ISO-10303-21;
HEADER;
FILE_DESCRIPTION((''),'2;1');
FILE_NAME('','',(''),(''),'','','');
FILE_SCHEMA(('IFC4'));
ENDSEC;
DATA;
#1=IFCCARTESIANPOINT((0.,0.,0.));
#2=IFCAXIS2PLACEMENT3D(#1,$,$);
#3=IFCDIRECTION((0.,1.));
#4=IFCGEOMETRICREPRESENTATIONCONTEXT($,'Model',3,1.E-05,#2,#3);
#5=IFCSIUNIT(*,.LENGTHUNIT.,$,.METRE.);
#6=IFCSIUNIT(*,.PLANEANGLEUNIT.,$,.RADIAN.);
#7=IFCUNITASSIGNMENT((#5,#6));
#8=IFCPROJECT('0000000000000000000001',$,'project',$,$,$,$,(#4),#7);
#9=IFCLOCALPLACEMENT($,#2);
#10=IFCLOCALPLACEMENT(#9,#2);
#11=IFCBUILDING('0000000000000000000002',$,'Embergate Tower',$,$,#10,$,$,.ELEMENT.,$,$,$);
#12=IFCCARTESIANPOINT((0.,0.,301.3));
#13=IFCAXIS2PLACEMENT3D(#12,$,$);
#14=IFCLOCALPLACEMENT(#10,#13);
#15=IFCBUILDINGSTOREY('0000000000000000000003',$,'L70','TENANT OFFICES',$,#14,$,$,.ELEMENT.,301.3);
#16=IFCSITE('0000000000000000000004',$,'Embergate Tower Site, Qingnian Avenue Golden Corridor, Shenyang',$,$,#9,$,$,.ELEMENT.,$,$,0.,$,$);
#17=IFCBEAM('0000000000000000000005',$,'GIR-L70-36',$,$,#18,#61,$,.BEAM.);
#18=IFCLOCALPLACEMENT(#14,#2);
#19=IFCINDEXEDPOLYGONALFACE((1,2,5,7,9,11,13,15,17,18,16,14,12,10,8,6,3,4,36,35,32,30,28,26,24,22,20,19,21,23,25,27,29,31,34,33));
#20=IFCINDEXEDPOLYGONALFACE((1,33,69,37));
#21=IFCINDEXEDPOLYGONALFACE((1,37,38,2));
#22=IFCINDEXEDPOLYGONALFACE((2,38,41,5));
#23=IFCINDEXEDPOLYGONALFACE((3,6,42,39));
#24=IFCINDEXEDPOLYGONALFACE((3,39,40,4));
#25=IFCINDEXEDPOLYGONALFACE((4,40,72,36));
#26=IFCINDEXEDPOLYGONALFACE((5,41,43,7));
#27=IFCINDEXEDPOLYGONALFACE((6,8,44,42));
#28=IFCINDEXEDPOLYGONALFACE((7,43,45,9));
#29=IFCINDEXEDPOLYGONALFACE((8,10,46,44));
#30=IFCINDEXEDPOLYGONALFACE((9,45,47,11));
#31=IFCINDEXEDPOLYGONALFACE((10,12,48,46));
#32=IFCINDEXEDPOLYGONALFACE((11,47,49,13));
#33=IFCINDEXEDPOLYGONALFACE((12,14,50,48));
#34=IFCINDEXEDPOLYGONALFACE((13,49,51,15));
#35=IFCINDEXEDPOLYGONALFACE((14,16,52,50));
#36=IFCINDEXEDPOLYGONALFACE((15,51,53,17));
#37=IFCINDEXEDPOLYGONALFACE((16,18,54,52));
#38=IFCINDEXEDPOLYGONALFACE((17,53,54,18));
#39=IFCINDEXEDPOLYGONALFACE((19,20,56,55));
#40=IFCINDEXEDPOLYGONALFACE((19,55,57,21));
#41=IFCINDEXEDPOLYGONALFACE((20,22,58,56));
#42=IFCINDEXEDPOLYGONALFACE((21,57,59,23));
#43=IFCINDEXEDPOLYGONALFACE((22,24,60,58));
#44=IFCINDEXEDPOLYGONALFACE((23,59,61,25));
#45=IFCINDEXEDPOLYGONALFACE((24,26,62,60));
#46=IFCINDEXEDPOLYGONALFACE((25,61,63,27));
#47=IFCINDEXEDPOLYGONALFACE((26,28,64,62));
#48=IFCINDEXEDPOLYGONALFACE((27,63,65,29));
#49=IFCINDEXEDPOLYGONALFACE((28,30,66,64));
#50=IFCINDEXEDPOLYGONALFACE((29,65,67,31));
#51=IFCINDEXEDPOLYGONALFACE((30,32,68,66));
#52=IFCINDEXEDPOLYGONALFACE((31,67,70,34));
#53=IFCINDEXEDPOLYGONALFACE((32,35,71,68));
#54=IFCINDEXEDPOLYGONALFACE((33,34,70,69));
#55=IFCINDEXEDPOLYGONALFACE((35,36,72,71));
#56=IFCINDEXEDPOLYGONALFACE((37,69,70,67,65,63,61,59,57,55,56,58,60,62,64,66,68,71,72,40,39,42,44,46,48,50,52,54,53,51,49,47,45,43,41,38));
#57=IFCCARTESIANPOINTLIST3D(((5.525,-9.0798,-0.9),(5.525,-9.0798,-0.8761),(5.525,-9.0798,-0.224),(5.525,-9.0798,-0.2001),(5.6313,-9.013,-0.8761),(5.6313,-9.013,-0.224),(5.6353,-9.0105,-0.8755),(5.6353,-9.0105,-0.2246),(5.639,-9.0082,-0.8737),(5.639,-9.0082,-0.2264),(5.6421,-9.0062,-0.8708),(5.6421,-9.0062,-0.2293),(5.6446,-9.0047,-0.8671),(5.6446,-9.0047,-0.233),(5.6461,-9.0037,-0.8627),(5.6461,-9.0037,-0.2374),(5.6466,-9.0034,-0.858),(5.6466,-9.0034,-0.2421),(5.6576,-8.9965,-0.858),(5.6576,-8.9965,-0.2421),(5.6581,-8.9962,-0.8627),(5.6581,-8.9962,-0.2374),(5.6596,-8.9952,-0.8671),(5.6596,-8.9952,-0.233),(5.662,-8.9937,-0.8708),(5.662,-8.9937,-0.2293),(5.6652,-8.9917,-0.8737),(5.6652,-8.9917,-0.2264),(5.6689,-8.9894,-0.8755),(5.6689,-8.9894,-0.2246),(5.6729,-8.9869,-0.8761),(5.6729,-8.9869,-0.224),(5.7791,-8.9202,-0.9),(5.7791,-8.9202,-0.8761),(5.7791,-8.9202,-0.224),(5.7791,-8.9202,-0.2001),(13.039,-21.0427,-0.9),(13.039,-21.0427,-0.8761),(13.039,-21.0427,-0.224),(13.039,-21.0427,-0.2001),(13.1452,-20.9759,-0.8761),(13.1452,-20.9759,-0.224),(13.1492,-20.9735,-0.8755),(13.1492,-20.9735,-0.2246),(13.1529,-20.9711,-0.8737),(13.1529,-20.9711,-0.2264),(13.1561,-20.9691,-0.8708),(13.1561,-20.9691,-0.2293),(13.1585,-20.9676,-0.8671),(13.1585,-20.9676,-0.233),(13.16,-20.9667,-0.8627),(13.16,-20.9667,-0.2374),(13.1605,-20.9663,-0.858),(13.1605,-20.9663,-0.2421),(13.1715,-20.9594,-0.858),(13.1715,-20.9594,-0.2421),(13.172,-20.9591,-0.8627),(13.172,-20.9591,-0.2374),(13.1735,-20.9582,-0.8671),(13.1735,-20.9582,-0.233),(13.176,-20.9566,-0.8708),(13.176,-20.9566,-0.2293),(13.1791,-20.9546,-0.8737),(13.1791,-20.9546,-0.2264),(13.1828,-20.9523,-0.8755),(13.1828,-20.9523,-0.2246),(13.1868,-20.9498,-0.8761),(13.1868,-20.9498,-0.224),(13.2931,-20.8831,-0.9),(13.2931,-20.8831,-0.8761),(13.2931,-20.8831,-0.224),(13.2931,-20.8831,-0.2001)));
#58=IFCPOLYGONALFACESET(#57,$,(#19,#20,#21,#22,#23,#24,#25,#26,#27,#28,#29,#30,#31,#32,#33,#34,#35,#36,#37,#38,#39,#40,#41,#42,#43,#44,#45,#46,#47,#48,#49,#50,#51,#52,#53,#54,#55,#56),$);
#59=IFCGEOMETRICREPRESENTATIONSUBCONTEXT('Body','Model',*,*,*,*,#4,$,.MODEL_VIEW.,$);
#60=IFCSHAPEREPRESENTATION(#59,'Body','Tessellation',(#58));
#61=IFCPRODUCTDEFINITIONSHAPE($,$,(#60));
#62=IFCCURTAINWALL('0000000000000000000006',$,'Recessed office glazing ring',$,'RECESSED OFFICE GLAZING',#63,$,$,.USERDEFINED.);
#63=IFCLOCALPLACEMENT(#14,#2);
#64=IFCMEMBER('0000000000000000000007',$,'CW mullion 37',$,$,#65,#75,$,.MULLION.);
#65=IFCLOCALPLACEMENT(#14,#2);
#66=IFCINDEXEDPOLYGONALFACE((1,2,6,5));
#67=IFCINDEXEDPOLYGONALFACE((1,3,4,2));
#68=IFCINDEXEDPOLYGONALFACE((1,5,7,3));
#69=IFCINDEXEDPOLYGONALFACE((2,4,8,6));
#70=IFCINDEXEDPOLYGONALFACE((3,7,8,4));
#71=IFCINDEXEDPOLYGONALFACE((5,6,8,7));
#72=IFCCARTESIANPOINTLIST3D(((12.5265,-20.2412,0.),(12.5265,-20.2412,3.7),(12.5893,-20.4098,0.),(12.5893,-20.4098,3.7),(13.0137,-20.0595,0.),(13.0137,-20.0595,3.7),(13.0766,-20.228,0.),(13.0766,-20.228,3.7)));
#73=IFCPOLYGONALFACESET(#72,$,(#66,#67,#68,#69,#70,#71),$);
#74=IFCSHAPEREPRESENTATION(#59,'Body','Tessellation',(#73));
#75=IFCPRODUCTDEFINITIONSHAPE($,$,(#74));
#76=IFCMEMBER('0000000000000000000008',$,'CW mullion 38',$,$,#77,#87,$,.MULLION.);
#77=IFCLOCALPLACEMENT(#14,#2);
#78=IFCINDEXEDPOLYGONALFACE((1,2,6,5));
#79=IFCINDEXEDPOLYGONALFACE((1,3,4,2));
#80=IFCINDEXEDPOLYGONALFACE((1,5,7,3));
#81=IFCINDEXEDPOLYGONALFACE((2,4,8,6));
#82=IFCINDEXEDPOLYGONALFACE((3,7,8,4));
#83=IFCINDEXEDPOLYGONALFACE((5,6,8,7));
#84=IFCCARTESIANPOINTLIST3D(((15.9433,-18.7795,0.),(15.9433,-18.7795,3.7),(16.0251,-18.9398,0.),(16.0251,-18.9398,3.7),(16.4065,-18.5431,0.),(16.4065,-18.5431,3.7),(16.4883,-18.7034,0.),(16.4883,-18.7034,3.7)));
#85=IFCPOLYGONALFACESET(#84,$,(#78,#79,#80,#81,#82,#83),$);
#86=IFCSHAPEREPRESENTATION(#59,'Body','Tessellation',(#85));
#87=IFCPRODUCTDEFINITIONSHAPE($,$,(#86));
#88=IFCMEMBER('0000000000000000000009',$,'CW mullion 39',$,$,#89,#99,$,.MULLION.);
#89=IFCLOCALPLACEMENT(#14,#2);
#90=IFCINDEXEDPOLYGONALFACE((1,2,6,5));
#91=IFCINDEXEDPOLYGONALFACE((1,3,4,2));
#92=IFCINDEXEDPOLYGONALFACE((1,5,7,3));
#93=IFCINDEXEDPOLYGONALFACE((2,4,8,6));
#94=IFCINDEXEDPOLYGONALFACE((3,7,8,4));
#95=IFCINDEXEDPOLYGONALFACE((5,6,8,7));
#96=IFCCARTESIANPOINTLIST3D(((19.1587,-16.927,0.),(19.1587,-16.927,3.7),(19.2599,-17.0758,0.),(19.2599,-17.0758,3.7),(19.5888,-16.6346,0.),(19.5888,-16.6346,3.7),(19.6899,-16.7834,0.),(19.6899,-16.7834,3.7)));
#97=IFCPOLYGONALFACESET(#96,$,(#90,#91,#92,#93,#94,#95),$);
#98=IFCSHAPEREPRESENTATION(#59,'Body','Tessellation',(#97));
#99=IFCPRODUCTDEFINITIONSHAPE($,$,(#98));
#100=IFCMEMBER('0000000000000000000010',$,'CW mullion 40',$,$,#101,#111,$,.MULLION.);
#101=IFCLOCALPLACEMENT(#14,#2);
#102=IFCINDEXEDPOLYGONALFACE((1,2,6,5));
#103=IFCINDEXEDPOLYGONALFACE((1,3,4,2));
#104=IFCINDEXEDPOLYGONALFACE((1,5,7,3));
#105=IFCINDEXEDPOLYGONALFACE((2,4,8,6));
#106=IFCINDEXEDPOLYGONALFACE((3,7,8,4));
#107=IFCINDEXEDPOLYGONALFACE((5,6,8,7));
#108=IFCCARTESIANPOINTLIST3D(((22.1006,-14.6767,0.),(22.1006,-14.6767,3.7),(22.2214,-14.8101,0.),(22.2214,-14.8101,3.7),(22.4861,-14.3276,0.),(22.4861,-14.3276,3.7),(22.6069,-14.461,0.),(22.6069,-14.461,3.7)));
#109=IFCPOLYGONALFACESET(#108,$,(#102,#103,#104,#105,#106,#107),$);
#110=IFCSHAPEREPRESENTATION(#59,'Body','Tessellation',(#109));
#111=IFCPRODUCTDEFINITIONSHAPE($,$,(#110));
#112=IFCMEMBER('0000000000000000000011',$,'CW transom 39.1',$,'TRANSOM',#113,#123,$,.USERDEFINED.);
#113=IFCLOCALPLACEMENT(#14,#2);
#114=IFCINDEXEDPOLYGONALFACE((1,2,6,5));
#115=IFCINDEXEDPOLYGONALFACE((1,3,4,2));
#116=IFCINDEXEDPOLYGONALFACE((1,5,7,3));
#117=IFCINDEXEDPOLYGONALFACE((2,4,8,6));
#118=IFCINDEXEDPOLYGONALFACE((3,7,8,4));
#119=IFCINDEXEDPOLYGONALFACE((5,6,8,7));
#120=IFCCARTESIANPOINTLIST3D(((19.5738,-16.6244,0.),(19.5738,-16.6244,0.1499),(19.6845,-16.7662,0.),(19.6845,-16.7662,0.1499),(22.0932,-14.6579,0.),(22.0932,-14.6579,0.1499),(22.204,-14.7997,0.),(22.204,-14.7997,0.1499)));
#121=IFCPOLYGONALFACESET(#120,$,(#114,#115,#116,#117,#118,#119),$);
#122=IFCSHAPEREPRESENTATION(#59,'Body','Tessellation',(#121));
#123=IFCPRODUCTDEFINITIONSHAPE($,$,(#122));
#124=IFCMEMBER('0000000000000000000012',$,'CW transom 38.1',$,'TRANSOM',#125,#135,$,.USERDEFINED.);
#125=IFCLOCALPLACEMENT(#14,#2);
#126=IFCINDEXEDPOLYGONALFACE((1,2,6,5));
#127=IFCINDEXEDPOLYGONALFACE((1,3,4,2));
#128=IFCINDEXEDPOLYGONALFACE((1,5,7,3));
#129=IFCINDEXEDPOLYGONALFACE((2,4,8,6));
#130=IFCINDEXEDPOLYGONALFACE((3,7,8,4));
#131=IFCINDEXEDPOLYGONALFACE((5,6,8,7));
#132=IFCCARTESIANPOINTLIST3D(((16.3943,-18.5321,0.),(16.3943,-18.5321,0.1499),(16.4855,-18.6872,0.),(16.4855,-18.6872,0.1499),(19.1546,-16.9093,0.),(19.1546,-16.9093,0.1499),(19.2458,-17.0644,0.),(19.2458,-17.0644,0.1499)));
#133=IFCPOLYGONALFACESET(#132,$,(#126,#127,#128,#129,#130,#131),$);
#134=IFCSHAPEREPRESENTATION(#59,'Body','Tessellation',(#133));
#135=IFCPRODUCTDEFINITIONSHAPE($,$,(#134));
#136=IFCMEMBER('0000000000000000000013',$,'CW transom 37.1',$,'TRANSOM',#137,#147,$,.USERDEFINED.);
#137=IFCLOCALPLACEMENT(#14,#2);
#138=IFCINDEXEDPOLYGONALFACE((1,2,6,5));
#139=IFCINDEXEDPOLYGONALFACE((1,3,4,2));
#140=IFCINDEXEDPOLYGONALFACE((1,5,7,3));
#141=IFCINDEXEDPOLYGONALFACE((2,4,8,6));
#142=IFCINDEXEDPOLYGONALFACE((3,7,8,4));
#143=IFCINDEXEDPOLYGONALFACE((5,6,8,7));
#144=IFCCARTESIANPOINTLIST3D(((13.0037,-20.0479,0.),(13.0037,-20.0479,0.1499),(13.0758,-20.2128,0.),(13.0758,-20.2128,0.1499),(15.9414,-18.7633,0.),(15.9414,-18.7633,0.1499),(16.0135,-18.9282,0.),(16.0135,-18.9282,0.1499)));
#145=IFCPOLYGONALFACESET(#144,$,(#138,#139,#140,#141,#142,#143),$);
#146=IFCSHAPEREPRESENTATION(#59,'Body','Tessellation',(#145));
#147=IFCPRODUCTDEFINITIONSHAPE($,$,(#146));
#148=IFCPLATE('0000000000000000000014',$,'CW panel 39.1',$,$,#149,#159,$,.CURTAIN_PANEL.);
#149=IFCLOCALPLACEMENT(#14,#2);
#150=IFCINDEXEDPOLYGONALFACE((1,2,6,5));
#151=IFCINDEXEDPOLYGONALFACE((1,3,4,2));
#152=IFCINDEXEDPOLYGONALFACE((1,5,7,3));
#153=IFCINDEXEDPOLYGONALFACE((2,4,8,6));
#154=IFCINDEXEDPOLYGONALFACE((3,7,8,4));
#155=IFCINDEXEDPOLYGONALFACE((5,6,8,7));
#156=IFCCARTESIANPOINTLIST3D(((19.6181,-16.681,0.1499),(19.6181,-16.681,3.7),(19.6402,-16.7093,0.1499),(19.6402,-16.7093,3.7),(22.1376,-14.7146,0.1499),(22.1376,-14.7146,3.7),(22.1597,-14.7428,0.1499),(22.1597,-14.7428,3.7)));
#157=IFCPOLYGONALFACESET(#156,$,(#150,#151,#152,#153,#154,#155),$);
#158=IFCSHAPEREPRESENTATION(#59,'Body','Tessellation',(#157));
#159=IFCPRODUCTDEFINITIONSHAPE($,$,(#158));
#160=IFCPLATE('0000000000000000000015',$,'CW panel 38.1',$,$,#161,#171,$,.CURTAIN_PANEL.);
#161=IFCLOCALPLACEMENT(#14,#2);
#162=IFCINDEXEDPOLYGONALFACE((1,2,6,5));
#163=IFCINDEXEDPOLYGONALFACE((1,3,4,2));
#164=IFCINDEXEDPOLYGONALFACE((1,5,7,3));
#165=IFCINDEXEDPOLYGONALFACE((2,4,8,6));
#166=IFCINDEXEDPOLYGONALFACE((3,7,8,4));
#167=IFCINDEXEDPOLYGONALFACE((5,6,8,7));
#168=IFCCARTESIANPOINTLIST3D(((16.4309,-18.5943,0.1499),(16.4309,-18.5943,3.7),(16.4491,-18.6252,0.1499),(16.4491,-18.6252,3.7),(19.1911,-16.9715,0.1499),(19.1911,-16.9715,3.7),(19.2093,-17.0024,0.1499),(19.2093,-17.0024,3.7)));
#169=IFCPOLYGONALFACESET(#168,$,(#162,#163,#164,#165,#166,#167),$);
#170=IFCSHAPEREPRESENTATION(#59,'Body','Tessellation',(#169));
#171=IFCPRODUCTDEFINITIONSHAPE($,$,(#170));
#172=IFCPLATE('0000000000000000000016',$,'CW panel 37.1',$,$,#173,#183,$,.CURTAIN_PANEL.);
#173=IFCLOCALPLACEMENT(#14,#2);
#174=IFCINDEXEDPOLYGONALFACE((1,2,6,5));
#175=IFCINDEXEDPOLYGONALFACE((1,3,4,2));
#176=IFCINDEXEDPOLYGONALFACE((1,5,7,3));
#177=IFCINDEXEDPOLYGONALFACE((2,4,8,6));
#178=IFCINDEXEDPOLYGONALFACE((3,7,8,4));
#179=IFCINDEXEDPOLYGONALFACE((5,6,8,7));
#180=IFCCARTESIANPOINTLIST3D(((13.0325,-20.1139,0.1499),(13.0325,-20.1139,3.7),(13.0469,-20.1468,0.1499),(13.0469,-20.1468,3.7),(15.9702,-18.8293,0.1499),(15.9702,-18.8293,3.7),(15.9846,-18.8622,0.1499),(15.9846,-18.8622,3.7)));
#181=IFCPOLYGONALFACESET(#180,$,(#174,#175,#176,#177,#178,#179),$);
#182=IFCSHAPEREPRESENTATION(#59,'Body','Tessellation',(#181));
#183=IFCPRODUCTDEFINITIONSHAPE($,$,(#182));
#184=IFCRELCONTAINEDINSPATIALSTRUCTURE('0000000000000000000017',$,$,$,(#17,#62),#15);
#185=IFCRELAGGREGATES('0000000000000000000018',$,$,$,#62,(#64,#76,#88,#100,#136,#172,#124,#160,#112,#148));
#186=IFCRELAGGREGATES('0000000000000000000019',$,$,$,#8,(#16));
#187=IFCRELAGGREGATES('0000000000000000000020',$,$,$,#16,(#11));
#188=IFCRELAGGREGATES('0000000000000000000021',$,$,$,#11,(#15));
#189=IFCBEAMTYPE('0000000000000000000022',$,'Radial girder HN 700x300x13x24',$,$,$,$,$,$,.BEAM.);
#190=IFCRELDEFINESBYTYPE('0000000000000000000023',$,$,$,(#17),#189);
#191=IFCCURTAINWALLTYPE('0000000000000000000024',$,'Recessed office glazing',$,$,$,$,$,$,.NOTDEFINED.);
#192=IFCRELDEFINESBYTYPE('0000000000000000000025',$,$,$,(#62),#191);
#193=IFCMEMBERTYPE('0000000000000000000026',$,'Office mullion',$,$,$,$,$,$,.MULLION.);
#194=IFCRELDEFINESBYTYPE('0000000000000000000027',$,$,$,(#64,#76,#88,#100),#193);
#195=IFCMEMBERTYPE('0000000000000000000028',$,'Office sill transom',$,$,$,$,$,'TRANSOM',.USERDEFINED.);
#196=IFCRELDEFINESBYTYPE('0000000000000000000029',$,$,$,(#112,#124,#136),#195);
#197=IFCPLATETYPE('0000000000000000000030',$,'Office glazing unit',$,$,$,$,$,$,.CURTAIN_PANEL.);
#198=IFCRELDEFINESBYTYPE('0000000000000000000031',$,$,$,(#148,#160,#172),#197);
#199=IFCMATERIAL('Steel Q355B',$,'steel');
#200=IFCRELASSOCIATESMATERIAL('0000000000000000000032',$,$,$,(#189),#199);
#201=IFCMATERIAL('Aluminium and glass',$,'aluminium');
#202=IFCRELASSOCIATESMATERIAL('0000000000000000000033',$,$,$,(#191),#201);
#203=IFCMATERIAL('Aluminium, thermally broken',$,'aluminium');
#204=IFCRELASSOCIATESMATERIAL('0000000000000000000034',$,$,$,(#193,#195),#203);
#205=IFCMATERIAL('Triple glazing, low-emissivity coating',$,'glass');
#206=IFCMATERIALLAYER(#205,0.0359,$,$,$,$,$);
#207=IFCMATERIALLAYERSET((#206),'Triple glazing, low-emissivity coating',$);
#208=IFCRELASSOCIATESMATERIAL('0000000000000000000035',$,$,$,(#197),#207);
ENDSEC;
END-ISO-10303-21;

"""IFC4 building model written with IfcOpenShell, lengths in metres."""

from ifc_helpers import new_model, si_unit, direction, frame, origin, origin_2d, place, context, subcontext, project, spatial, rectangle, i_section, extrude, source, transform, mapped, material, layer, layer_set, material_profile, profile_set, type_object, element, aggregate, save


model = new_model("IFC4")

# Units and contexts
model_context = context("Model", 3, precision=1e-05, world=origin(), true_north=direction((0.0, 1.0)))
body_context = subcontext(model_context, "Body", "Model", "MODEL_VIEW")
ifc_project = project(units=[si_unit("LENGTHUNIT", "METRE"), si_unit("PLANEANGLEUNIT", "RADIAN")], contexts=[model_context])

# Site, building, storey
site_placement = place(None, origin())
site = spatial("IfcSite", under=ifc_project, at=site_placement, Name="Embergate Tower Site, Qingnian Avenue Golden Corridor, Shenyang", CompositionType="ELEMENT", RefElevation=0.0)
building_placement = place(site_placement, origin())
building = spatial("IfcBuilding", under=site, at=building_placement, Name="Embergate Tower", CompositionType="ELEMENT")
storey_placement = place(building_placement, frame((0.0, 0.0, 301.3)))
storey = spatial("IfcBuildingStorey", under=building, at=storey_placement, Name="L70", Description="TENANT OFFICES", CompositionType="ELEMENT", Elevation=301.3)

# Beam
ifc_material_1 = material(Name="Steel Q355B", Category="steel")
ifc_material_profile_1 = material_profile(ifc_material_1, i_section(OverallWidth=0.3, OverallDepth=0.7, WebThickness=0.0129, FlangeThickness=0.0239, FilletRadius=0.0181, at=origin_2d()), Name="HN 700x300x13x24")
ifc_profile_set_1 = profile_set([ifc_material_profile_1], Name="Steel Q355 grade B")
beam_type_1 = type_object("IfcBeamType", Name="Radial girder HN 700x300x13x24", PredefinedType="BEAM", material=ifc_profile_set_1)
shared_shape_1 = source(origin(), body_context, "Body", "SweptSolid", [
    extrude(i_section(OverallWidth=0.3, OverallDepth=0.7, WebThickness=0.0129, FlangeThickness=0.0239, FilletRadius=0.0181, at=origin_2d()), origin(), (0.0, 0.0, 1.0), 14.127),
])
beam_1_placement = place(storey_placement, frame((13.166, -20.9629, -0.55), z_axis=(-0.531887, 0.846816, 0.0), x_axis=(-0.846816, -0.531887, 0.0)))
element("IfcBeam", 1, at=beam_1_placement, inside=storey, type_object=beam_type_1, Name="GIR-L70-36", PredefinedType="BEAM", context=body_context, shape_type="MappedRepresentation", body=[
    mapped(shared_shape_1, transform((0.0, 0.0, 0.0))),
])

# Curtain wall, members, plates
ifc_material_2 = material(Name="Aluminium and glass", Category="aluminium")
curtain_wall_type = type_object("IfcCurtainWallType", Name="Recessed office glazing", PredefinedType="NOTDEFINED", material=ifc_material_2)
curtain_wall_placement = place(storey_placement, origin())
curtain_wall = element("IfcCurtainWall", 2, at=curtain_wall_placement, inside=storey, type_object=curtain_wall_type, Name="Recessed office glazing ring", ObjectType="RECESSED OFFICE GLAZING", PredefinedType="USERDEFINED")
ifc_material_3 = material(Name="Aluminium, thermally broken", Category="aluminium")
ifc_material_profile_2 = material_profile(ifc_material_3, rectangle(XDim=0.1799, YDim=0.52, at=origin_2d()), Name="AL 520x180")
ifc_profile_set_2 = profile_set([ifc_material_profile_2], Name="Aluminium, thermally broken")
member_type_1 = type_object("IfcMemberType", Name="Office mullion", PredefinedType="MULLION", material=ifc_profile_set_2)
shared_shape_2 = source(origin(), body_context, "Body", "SweptSolid", [
    extrude(rectangle(XDim=0.1799, YDim=0.52, at=origin_2d()), origin(), (0.0, 0.0, 1.0), 3.7),
])
member_1_placement = place(storey_placement, frame((12.8015, -20.2346, 0.0), z_axis=(0.0, 0.0, 1.0), x_axis=(-0.349501, 0.936936, 0.0)))
member_1 = element("IfcMember", 3, at=member_1_placement, type_object=member_type_1, Name="CW mullion 37", PredefinedType="MULLION", context=body_context, shape_type="MappedRepresentation", body=[
    mapped(shared_shape_2, transform((0.0, 0.0, 0.0))),
])
member_2_placement = place(storey_placement, frame((16.2158, -18.7415, 0.0), z_axis=(0.0, 0.0, 1.0), x_axis=(-0.454508, 0.890743, 0.0)))
member_2 = element("IfcMember", 4, at=member_2_placement, type_object=member_type_1, Name="CW mullion 38", PredefinedType="MULLION", context=body_context, shape_type="MappedRepresentation", body=[
    mapped(shared_shape_2, transform((0.0, 0.0, 0.0))),
])
member_3_placement = place(storey_placement, frame((19.4243, -16.8552, 0.0), z_axis=(0.0, 0.0, 1.0), x_axis=(-0.562213, 0.826992, 0.0)))
member_3 = element("IfcMember", 5, at=member_3_placement, type_object=member_type_1, Name="CW mullion 39", PredefinedType="MULLION", context=body_context, shape_type="MappedRepresentation", body=[
    mapped(shared_shape_2, transform((0.0, 0.0, 0.0))),
])
member_4_placement = place(storey_placement, frame((22.3538, -14.5688, 0.0), z_axis=(0.0, 0.0, 1.0), x_axis=(-0.67122, 0.741258, 0.0)))
member_4 = element("IfcMember", 6, at=member_4_placement, type_object=member_type_1, Name="CW mullion 40", PredefinedType="MULLION", context=body_context, shape_type="MappedRepresentation", body=[
    mapped(shared_shape_2, transform((0.0, 0.0, 0.0))),
])
ifc_material_profile_3 = material_profile(ifc_material_3, rectangle(XDim=0.1799, YDim=0.1499, at=origin_2d()), Name="AL 150x180")
ifc_profile_set_3 = profile_set([ifc_material_profile_3], Name="Aluminium, thermally broken")
member_type_2 = type_object("IfcMemberType", Name="Office sill transom", ElementType="TRANSOM", PredefinedType="USERDEFINED", material=ifc_profile_set_3)
shared_shape_3 = source(origin(), body_context, "Body", "SweptSolid", [
    extrude(rectangle(XDim=0.1799, YDim=0.1499, at=origin_2d()), origin(), (0.0, 0.0, 1.0), 3.196),
])
member_5_placement = place(storey_placement, frame((19.6292, -16.6953, 0.075), z_axis=(0.788302, 0.615288, 0.0), x_axis=(-0.615288, 0.788302, 0.0)))
member_5 = element("IfcMember", 7, at=member_5_placement, type_object=member_type_2, Name="CW transom 39.1", ObjectType="TRANSOM", PredefinedType="USERDEFINED", context=body_context, shape_type="MappedRepresentation", body=[
    mapped(shared_shape_3, transform((0.0, 0.0, 0.0))),
])
shared_shape_4 = source(origin(), body_context, "Body", "SweptSolid", [
    extrude(rectangle(XDim=0.1799, YDim=0.1499, at=origin_2d()), origin(), (0.0, 0.0, 1.0), 3.2019),
])
member_6_placement = place(storey_placement, frame((16.4399, -18.6096, 0.075), z_axis=(0.862054, 0.506817, 0.0), x_axis=(-0.506817, 0.862054, 0.0)))
member_6 = element("IfcMember", 8, at=member_6_placement, type_object=member_type_2, Name="CW transom 38.1", ObjectType="TRANSOM", PredefinedType="USERDEFINED", context=body_context, shape_type="MappedRepresentation", body=[
    mapped(shared_shape_4, transform((0.0, 0.0, 0.0))),
])
shared_shape_5 = source(origin(), body_context, "Body", "SweptSolid", [
    extrude(rectangle(XDim=0.1799, YDim=0.1499, at=origin_2d()), origin(), (0.0, 0.0, 1.0), 3.2063),
])
member_7_placement = place(storey_placement, frame((13.0398, -20.1304, 0.075), z_axis=(0.916225, 0.400663, 0.0), x_axis=(-0.400663, 0.916225, 0.0)))
member_7 = element("IfcMember", 9, at=member_7_placement, type_object=member_type_2, Name="CW transom 37.1", ObjectType="TRANSOM", PredefinedType="USERDEFINED", context=body_context, shape_type="MappedRepresentation", body=[
    mapped(shared_shape_5, transform((0.0, 0.0, 0.0))),
])
ifc_material_4 = material(Name="Triple glazing, low-emissivity coating", Category="glass")
ifc_layer_1 = layer(ifc_material_4, 0.0359)
ifc_layer_set_1 = layer_set([ifc_layer_1], Name="Triple glazing, low-emissivity coating")
plate_type = type_object("IfcPlateType", Name="Office glazing unit", PredefinedType="CURTAIN_PANEL", material=ifc_layer_set_1)
shared_shape_6 = source(origin(), body_context, "Body", "SweptSolid", [
    extrude(rectangle(XDim=3.196, YDim=0.0359, at=origin_2d()), origin(), (0.0, 0.0, 1.0), 3.55),
])
plate_1_placement = place(storey_placement, frame((20.8889, -15.7119, 0.1499), z_axis=(0.0, 0.0, 1.0), x_axis=(0.788318, 0.615268, 0.0)))
plate_1 = element("IfcPlate", 10, at=plate_1_placement, type_object=plate_type, Name="CW panel 39.1", PredefinedType="CURTAIN_PANEL", context=body_context, shape_type="MappedRepresentation", body=[
    mapped(shared_shape_6, transform((0.0, 0.0, 0.0))),
])
shared_shape_7 = source(origin(), body_context, "Body", "SweptSolid", [
    extrude(rectangle(XDim=3.2019, YDim=0.0359, at=origin_2d()), origin(), (0.0, 0.0, 1.0), 3.55),
])
plate_2_placement = place(storey_placement, frame((17.8201, -17.7983, 0.1499), z_axis=(0.0, 0.0, 1.0), x_axis=(0.862051, 0.506822, 0.0)))
plate_2 = element("IfcPlate", 11, at=plate_2_placement, type_object=plate_type, Name="CW panel 38.1", PredefinedType="CURTAIN_PANEL", context=body_context, shape_type="MappedRepresentation", body=[
    mapped(shared_shape_7, transform((0.0, 0.0, 0.0))),
])
shared_shape_8 = source(origin(), body_context, "Body", "SweptSolid", [
    extrude(rectangle(XDim=3.2063, YDim=0.0359, at=origin_2d()), origin(), (0.0, 0.0, 1.0), 3.55),
])
plate_3_placement = place(storey_placement, frame((14.5085, -19.488, 0.1499), z_axis=(0.0, 0.0, 1.0), x_axis=(0.916234, 0.400643, 0.0)))
plate_3 = element("IfcPlate", 12, at=plate_3_placement, type_object=plate_type, Name="CW panel 37.1", PredefinedType="CURTAIN_PANEL", context=body_context, shape_type="MappedRepresentation", body=[
    mapped(shared_shape_8, transform((0.0, 0.0, 0.0))),
])
aggregate(curtain_wall, [member_1, member_2, member_3, member_4, member_7, plate_3, member_6, plate_2, member_5, plate_1])

save(model, "model.ifc")
